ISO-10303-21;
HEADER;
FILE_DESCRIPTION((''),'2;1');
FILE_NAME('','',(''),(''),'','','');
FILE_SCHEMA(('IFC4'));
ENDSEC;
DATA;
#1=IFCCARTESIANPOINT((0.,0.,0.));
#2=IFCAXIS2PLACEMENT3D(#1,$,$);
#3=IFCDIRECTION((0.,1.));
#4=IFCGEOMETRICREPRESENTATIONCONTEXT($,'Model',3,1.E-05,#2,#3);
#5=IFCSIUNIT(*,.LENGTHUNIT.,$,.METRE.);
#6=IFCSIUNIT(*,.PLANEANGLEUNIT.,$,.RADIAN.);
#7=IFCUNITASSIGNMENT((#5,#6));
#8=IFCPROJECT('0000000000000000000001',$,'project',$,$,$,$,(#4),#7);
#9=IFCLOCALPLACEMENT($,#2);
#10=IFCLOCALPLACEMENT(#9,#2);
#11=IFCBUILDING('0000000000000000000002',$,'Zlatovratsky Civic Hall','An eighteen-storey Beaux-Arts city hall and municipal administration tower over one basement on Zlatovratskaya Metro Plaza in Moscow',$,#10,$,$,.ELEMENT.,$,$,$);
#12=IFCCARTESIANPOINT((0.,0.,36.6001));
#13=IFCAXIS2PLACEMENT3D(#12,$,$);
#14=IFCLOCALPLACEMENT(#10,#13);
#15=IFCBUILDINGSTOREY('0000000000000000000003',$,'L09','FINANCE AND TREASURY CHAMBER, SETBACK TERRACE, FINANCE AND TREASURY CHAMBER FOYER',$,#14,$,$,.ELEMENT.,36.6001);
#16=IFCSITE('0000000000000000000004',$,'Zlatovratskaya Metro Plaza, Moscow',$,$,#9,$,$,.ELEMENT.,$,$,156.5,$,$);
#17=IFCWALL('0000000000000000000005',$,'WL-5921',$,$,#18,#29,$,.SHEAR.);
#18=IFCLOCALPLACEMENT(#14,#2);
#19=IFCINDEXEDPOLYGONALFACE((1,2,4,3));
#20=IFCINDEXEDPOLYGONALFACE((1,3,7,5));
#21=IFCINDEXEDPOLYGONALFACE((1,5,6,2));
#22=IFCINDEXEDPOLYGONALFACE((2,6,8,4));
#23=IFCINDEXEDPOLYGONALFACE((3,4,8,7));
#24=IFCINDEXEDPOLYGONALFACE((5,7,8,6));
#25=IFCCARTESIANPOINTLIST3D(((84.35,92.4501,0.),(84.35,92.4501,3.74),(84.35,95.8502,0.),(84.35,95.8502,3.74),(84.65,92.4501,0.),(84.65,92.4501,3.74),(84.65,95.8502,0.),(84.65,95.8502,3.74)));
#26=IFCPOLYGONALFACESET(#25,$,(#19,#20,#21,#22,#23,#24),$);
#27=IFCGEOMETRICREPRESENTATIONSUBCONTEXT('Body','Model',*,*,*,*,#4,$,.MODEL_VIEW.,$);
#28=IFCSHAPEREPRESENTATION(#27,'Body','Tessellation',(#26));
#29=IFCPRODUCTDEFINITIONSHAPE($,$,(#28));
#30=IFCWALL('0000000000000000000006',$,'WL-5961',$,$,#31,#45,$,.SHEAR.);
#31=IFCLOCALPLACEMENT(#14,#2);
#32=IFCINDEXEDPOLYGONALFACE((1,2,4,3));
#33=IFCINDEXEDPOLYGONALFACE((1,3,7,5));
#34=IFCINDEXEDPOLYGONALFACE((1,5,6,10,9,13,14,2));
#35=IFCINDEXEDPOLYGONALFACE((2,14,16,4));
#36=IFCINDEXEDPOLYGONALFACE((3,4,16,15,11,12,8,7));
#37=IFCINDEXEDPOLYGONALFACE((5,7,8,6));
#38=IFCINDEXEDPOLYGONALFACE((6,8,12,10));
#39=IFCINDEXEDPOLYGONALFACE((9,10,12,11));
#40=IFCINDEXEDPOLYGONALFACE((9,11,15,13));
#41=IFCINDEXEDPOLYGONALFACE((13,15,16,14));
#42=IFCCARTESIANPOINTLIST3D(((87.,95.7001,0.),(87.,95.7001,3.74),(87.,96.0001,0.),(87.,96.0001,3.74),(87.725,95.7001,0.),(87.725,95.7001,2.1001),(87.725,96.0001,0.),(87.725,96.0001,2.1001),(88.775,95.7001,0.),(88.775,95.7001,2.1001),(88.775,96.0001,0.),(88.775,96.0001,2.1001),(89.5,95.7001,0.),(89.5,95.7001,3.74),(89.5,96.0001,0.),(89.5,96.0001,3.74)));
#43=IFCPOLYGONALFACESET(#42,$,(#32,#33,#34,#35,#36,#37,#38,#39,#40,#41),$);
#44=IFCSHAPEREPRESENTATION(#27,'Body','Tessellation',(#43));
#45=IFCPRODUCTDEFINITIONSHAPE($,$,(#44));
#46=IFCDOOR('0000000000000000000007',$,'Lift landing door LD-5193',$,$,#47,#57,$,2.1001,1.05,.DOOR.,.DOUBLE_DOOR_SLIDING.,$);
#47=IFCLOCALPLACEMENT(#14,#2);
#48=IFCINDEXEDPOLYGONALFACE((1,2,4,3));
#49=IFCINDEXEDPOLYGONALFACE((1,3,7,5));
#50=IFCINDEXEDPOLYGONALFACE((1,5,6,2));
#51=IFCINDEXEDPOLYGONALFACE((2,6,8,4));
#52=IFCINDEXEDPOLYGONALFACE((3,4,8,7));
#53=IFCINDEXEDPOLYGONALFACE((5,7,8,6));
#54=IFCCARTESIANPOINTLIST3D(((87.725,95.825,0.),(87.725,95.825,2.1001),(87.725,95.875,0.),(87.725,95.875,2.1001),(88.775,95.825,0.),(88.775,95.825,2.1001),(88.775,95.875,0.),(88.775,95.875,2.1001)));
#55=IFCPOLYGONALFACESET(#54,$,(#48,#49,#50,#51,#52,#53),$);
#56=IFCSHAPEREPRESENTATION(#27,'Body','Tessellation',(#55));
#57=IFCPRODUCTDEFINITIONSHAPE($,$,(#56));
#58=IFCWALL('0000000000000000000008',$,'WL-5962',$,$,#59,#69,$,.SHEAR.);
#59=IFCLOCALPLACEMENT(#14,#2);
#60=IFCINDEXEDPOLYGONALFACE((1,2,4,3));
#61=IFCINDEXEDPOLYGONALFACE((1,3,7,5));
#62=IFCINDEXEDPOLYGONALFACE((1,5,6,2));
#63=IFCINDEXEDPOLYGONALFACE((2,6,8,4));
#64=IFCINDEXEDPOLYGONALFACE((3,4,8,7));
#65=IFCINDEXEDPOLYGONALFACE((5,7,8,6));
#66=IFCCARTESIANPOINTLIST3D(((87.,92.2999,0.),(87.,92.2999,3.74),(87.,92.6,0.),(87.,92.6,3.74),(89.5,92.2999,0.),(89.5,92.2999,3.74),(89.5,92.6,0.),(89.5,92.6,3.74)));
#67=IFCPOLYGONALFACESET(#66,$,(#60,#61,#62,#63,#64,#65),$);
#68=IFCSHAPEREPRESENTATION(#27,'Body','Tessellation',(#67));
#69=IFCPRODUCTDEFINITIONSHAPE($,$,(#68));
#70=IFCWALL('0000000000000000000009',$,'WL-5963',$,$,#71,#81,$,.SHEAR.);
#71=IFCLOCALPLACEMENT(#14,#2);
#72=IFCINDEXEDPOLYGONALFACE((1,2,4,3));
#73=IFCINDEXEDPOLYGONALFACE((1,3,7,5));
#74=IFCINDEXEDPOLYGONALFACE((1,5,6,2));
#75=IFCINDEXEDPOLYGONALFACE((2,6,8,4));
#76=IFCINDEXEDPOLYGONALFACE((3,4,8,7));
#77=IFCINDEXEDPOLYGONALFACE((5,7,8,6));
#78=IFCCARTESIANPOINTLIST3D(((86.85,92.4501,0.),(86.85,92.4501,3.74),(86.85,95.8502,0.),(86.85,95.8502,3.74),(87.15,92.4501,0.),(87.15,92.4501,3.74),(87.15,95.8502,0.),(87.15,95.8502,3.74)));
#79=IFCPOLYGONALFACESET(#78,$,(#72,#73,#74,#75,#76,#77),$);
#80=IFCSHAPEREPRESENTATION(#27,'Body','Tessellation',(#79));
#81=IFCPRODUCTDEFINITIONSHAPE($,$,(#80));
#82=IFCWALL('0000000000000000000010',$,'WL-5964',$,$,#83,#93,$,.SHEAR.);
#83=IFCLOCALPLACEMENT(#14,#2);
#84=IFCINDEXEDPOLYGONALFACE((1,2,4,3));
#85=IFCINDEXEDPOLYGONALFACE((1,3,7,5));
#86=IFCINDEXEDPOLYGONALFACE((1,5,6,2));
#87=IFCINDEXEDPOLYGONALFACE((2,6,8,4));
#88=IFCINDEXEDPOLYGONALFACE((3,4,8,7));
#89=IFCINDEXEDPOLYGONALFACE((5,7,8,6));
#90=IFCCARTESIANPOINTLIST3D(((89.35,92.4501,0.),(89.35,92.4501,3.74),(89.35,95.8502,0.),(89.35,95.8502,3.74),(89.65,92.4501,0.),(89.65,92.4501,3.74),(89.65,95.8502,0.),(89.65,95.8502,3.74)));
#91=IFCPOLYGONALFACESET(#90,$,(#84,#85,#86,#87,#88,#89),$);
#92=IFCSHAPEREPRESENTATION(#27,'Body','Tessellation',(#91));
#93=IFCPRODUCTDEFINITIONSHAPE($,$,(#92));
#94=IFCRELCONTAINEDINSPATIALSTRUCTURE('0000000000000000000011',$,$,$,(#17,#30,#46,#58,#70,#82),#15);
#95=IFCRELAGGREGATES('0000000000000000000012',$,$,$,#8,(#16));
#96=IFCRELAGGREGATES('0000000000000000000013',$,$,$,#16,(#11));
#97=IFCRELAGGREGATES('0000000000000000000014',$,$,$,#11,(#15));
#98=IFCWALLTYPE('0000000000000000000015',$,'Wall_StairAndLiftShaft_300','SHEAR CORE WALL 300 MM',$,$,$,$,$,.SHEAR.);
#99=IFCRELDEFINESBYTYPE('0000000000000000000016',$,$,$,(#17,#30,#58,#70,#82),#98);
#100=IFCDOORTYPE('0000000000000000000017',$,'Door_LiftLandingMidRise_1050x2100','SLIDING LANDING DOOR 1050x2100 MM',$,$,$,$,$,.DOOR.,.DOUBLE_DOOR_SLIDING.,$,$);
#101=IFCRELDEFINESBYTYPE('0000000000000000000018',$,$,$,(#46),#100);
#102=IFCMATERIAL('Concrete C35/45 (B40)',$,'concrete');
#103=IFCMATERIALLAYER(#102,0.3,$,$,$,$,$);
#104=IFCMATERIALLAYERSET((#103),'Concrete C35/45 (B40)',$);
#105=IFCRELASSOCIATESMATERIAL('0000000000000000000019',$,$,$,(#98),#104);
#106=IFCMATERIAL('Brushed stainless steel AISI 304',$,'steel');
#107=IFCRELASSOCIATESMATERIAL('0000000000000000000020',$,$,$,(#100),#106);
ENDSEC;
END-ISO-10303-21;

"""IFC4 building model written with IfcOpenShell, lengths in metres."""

from ifc_helpers import new_model, si_unit, direction, frame, frame_2d, origin, place, context, subcontext, project, spatial, rectangle, extrude, material, layer, layer_set, type_object, element, fill, save


model = new_model("IFC4")

# Units and contexts
model_context = context("Model", 3, precision=1e-05, world=origin(), true_north=direction((0.0, 1.0)))
body_context = subcontext(model_context, "Body", "Model", "MODEL_VIEW")
ifc_project = project(units=[si_unit("LENGTHUNIT", "METRE"), si_unit("PLANEANGLEUNIT", "RADIAN")], contexts=[model_context])

# Site, building, storey
site_placement = place(None, origin())
site = spatial("IfcSite", under=ifc_project, at=site_placement, Name="Zlatovratskaya Metro Plaza, Moscow", CompositionType="ELEMENT", RefElevation=156.5)
building_placement = place(site_placement, origin())
building = spatial("IfcBuilding", under=site, at=building_placement, Name="Zlatovratsky Civic Hall", Description="An eighteen-storey Beaux-Arts city hall and municipal administration tower over one basement on Zlatovratskaya Metro Plaza in Moscow", CompositionType="ELEMENT")
storey_placement = place(building_placement, frame((0.0, 0.0, 36.6001)))
storey = spatial("IfcBuildingStorey", under=building, at=storey_placement, Name="L09", Description="FINANCE AND TREASURY CHAMBER, SETBACK TERRACE, FINANCE AND TREASURY CHAMBER FOYER", CompositionType="ELEMENT", Elevation=36.6001)

# Shared definitions
ifc_material_1 = material(Name="Concrete C35/45 (B40)", Category="concrete")

# Shared definitions
ifc_layer_1 = layer(ifc_material_1, 0.3)
ifc_layer_set_1 = layer_set([ifc_layer_1], Name="Concrete C35/45 (B40)")
wall_type_1 = type_object("IfcWallType", Name="Wall_StairAndLiftShaft_300", Description="SHEAR CORE WALL 300 MM", PredefinedType="SHEAR", material=ifc_layer_set_1)

# Shared definitions
ifc_material_2 = material(Name="Brushed stainless steel AISI 304", Category="steel")
door_type = type_object("IfcDoorType", Name="Door_LiftLandingMidRise_1050x2100", Description="SLIDING LANDING DOOR 1050x2100 MM", OperationType="DOUBLE_DOOR_SLIDING", PredefinedType="DOOR", material=ifc_material_2)

# Wall
wall_1_placement = place(storey_placement, frame((84.5, 92.45, 0.0), z_axis=(0.0, 0.0, 1.0), x_axis=(0.0, 1.0, 0.0)))
element("IfcWall", 1, at=wall_1_placement, inside=storey, type_object=wall_type_1, Name="WL-5921", PredefinedType="SHEAR", context=body_context, shape_type="SweptSolid", body=[
    extrude(rectangle(XDim=3.4001, YDim=0.3, at=frame_2d((1.7002, 0.0))), origin(), (0.0, 0.0, 1.0), 3.74),
])

# Wall, opening, door
wall_2_placement = place(storey_placement, frame((87.0, 95.8501, 0.0), z_axis=(0.0, 0.0, 1.0), x_axis=(1.0, 0.0, 0.0)))
wall_2 = element("IfcWall", 2, at=wall_2_placement, inside=storey, type_object=wall_type_1, Name="WL-5961", PredefinedType="SHEAR", context=body_context, shape_type="SweptSolid", body=[
    extrude(rectangle(XDim=2.5, YDim=0.3, at=frame_2d((1.25, 0.0))), origin(), (0.0, 0.0, 1.0), 3.74),
])
opening_1_placement = place(wall_2_placement, frame((0.7251, 0.0, 0.0)))
opening_1 = element("IfcOpeningElement", 3, at=opening_1_placement, cuts=wall_2, PredefinedType="OPENING", context=body_context, shape_type="SweptSolid", body=[
    extrude(rectangle(XDim=1.05, YDim=2.1001, at=frame_2d((0.5249, 1.05))), frame((0.0, 0.165, 0.0), z_axis=(0.0, -1.0, 0.0), x_axis=(1.0, 0.0, 0.0)), (0.0, 0.0, 1.0), 0.3298),
])
door_1_placement = place(opening_1_placement, origin())
door_1 = element("IfcDoor", 4, at=door_1_placement, inside=storey, type_object=door_type, Name="Lift landing door LD-5193", OperationType="DOUBLE_DOOR_SLIDING", OverallHeight=2.1001, OverallWidth=1.05, PredefinedType="DOOR", context=body_context, shape_type="SweptSolid", body=[
    extrude(rectangle(XDim=1.05, YDim=2.1001, at=frame_2d((0.5249, 1.05))), frame((0.0, 0.0249, 0.0), z_axis=(0.0, -1.0, 0.0), x_axis=(1.0, 0.0, 0.0)), (0.0, 0.0, 1.0), 0.05),
])
fill(opening_1, door_1)

# Walls
wall_3_placement = place(storey_placement, frame((87.0, 92.45, 0.0), z_axis=(0.0, 0.0, 1.0), x_axis=(1.0, 0.0, 0.0)))
element("IfcWall", 5, at=wall_3_placement, inside=storey, type_object=wall_type_1, Name="WL-5962", PredefinedType="SHEAR", context=body_context, shape_type="SweptSolid", body=[
    extrude(rectangle(XDim=2.5, YDim=0.3, at=frame_2d((1.25, 0.0))), origin(), (0.0, 0.0, 1.0), 3.74),
])
for number, where, z_axis, x_axis, name in (
    (6, (87.0, 92.45, 0.0), (0.0, 0.0, 1.0), (0.0, 1.0, 0.0), "WL-5963"),
    (7, (89.5, 92.45, 0.0), (0.0, 0.0, 1.0), (0.0, 1.0, 0.0), "WL-5964"),
):
    element("IfcWall", number, at=place(storey_placement, frame(where, z_axis=z_axis, x_axis=x_axis)), inside=storey, type_object=wall_type_1, Name=name, PredefinedType="SHEAR", context=body_context, shape_type="SweptSolid", body=[
        extrude(rectangle(XDim=3.4001, YDim=0.3, at=frame_2d((1.7002, 0.0))), origin(), (0.0, 0.0, 1.0), 3.74),
    ])

save(model, "model.ifc")
